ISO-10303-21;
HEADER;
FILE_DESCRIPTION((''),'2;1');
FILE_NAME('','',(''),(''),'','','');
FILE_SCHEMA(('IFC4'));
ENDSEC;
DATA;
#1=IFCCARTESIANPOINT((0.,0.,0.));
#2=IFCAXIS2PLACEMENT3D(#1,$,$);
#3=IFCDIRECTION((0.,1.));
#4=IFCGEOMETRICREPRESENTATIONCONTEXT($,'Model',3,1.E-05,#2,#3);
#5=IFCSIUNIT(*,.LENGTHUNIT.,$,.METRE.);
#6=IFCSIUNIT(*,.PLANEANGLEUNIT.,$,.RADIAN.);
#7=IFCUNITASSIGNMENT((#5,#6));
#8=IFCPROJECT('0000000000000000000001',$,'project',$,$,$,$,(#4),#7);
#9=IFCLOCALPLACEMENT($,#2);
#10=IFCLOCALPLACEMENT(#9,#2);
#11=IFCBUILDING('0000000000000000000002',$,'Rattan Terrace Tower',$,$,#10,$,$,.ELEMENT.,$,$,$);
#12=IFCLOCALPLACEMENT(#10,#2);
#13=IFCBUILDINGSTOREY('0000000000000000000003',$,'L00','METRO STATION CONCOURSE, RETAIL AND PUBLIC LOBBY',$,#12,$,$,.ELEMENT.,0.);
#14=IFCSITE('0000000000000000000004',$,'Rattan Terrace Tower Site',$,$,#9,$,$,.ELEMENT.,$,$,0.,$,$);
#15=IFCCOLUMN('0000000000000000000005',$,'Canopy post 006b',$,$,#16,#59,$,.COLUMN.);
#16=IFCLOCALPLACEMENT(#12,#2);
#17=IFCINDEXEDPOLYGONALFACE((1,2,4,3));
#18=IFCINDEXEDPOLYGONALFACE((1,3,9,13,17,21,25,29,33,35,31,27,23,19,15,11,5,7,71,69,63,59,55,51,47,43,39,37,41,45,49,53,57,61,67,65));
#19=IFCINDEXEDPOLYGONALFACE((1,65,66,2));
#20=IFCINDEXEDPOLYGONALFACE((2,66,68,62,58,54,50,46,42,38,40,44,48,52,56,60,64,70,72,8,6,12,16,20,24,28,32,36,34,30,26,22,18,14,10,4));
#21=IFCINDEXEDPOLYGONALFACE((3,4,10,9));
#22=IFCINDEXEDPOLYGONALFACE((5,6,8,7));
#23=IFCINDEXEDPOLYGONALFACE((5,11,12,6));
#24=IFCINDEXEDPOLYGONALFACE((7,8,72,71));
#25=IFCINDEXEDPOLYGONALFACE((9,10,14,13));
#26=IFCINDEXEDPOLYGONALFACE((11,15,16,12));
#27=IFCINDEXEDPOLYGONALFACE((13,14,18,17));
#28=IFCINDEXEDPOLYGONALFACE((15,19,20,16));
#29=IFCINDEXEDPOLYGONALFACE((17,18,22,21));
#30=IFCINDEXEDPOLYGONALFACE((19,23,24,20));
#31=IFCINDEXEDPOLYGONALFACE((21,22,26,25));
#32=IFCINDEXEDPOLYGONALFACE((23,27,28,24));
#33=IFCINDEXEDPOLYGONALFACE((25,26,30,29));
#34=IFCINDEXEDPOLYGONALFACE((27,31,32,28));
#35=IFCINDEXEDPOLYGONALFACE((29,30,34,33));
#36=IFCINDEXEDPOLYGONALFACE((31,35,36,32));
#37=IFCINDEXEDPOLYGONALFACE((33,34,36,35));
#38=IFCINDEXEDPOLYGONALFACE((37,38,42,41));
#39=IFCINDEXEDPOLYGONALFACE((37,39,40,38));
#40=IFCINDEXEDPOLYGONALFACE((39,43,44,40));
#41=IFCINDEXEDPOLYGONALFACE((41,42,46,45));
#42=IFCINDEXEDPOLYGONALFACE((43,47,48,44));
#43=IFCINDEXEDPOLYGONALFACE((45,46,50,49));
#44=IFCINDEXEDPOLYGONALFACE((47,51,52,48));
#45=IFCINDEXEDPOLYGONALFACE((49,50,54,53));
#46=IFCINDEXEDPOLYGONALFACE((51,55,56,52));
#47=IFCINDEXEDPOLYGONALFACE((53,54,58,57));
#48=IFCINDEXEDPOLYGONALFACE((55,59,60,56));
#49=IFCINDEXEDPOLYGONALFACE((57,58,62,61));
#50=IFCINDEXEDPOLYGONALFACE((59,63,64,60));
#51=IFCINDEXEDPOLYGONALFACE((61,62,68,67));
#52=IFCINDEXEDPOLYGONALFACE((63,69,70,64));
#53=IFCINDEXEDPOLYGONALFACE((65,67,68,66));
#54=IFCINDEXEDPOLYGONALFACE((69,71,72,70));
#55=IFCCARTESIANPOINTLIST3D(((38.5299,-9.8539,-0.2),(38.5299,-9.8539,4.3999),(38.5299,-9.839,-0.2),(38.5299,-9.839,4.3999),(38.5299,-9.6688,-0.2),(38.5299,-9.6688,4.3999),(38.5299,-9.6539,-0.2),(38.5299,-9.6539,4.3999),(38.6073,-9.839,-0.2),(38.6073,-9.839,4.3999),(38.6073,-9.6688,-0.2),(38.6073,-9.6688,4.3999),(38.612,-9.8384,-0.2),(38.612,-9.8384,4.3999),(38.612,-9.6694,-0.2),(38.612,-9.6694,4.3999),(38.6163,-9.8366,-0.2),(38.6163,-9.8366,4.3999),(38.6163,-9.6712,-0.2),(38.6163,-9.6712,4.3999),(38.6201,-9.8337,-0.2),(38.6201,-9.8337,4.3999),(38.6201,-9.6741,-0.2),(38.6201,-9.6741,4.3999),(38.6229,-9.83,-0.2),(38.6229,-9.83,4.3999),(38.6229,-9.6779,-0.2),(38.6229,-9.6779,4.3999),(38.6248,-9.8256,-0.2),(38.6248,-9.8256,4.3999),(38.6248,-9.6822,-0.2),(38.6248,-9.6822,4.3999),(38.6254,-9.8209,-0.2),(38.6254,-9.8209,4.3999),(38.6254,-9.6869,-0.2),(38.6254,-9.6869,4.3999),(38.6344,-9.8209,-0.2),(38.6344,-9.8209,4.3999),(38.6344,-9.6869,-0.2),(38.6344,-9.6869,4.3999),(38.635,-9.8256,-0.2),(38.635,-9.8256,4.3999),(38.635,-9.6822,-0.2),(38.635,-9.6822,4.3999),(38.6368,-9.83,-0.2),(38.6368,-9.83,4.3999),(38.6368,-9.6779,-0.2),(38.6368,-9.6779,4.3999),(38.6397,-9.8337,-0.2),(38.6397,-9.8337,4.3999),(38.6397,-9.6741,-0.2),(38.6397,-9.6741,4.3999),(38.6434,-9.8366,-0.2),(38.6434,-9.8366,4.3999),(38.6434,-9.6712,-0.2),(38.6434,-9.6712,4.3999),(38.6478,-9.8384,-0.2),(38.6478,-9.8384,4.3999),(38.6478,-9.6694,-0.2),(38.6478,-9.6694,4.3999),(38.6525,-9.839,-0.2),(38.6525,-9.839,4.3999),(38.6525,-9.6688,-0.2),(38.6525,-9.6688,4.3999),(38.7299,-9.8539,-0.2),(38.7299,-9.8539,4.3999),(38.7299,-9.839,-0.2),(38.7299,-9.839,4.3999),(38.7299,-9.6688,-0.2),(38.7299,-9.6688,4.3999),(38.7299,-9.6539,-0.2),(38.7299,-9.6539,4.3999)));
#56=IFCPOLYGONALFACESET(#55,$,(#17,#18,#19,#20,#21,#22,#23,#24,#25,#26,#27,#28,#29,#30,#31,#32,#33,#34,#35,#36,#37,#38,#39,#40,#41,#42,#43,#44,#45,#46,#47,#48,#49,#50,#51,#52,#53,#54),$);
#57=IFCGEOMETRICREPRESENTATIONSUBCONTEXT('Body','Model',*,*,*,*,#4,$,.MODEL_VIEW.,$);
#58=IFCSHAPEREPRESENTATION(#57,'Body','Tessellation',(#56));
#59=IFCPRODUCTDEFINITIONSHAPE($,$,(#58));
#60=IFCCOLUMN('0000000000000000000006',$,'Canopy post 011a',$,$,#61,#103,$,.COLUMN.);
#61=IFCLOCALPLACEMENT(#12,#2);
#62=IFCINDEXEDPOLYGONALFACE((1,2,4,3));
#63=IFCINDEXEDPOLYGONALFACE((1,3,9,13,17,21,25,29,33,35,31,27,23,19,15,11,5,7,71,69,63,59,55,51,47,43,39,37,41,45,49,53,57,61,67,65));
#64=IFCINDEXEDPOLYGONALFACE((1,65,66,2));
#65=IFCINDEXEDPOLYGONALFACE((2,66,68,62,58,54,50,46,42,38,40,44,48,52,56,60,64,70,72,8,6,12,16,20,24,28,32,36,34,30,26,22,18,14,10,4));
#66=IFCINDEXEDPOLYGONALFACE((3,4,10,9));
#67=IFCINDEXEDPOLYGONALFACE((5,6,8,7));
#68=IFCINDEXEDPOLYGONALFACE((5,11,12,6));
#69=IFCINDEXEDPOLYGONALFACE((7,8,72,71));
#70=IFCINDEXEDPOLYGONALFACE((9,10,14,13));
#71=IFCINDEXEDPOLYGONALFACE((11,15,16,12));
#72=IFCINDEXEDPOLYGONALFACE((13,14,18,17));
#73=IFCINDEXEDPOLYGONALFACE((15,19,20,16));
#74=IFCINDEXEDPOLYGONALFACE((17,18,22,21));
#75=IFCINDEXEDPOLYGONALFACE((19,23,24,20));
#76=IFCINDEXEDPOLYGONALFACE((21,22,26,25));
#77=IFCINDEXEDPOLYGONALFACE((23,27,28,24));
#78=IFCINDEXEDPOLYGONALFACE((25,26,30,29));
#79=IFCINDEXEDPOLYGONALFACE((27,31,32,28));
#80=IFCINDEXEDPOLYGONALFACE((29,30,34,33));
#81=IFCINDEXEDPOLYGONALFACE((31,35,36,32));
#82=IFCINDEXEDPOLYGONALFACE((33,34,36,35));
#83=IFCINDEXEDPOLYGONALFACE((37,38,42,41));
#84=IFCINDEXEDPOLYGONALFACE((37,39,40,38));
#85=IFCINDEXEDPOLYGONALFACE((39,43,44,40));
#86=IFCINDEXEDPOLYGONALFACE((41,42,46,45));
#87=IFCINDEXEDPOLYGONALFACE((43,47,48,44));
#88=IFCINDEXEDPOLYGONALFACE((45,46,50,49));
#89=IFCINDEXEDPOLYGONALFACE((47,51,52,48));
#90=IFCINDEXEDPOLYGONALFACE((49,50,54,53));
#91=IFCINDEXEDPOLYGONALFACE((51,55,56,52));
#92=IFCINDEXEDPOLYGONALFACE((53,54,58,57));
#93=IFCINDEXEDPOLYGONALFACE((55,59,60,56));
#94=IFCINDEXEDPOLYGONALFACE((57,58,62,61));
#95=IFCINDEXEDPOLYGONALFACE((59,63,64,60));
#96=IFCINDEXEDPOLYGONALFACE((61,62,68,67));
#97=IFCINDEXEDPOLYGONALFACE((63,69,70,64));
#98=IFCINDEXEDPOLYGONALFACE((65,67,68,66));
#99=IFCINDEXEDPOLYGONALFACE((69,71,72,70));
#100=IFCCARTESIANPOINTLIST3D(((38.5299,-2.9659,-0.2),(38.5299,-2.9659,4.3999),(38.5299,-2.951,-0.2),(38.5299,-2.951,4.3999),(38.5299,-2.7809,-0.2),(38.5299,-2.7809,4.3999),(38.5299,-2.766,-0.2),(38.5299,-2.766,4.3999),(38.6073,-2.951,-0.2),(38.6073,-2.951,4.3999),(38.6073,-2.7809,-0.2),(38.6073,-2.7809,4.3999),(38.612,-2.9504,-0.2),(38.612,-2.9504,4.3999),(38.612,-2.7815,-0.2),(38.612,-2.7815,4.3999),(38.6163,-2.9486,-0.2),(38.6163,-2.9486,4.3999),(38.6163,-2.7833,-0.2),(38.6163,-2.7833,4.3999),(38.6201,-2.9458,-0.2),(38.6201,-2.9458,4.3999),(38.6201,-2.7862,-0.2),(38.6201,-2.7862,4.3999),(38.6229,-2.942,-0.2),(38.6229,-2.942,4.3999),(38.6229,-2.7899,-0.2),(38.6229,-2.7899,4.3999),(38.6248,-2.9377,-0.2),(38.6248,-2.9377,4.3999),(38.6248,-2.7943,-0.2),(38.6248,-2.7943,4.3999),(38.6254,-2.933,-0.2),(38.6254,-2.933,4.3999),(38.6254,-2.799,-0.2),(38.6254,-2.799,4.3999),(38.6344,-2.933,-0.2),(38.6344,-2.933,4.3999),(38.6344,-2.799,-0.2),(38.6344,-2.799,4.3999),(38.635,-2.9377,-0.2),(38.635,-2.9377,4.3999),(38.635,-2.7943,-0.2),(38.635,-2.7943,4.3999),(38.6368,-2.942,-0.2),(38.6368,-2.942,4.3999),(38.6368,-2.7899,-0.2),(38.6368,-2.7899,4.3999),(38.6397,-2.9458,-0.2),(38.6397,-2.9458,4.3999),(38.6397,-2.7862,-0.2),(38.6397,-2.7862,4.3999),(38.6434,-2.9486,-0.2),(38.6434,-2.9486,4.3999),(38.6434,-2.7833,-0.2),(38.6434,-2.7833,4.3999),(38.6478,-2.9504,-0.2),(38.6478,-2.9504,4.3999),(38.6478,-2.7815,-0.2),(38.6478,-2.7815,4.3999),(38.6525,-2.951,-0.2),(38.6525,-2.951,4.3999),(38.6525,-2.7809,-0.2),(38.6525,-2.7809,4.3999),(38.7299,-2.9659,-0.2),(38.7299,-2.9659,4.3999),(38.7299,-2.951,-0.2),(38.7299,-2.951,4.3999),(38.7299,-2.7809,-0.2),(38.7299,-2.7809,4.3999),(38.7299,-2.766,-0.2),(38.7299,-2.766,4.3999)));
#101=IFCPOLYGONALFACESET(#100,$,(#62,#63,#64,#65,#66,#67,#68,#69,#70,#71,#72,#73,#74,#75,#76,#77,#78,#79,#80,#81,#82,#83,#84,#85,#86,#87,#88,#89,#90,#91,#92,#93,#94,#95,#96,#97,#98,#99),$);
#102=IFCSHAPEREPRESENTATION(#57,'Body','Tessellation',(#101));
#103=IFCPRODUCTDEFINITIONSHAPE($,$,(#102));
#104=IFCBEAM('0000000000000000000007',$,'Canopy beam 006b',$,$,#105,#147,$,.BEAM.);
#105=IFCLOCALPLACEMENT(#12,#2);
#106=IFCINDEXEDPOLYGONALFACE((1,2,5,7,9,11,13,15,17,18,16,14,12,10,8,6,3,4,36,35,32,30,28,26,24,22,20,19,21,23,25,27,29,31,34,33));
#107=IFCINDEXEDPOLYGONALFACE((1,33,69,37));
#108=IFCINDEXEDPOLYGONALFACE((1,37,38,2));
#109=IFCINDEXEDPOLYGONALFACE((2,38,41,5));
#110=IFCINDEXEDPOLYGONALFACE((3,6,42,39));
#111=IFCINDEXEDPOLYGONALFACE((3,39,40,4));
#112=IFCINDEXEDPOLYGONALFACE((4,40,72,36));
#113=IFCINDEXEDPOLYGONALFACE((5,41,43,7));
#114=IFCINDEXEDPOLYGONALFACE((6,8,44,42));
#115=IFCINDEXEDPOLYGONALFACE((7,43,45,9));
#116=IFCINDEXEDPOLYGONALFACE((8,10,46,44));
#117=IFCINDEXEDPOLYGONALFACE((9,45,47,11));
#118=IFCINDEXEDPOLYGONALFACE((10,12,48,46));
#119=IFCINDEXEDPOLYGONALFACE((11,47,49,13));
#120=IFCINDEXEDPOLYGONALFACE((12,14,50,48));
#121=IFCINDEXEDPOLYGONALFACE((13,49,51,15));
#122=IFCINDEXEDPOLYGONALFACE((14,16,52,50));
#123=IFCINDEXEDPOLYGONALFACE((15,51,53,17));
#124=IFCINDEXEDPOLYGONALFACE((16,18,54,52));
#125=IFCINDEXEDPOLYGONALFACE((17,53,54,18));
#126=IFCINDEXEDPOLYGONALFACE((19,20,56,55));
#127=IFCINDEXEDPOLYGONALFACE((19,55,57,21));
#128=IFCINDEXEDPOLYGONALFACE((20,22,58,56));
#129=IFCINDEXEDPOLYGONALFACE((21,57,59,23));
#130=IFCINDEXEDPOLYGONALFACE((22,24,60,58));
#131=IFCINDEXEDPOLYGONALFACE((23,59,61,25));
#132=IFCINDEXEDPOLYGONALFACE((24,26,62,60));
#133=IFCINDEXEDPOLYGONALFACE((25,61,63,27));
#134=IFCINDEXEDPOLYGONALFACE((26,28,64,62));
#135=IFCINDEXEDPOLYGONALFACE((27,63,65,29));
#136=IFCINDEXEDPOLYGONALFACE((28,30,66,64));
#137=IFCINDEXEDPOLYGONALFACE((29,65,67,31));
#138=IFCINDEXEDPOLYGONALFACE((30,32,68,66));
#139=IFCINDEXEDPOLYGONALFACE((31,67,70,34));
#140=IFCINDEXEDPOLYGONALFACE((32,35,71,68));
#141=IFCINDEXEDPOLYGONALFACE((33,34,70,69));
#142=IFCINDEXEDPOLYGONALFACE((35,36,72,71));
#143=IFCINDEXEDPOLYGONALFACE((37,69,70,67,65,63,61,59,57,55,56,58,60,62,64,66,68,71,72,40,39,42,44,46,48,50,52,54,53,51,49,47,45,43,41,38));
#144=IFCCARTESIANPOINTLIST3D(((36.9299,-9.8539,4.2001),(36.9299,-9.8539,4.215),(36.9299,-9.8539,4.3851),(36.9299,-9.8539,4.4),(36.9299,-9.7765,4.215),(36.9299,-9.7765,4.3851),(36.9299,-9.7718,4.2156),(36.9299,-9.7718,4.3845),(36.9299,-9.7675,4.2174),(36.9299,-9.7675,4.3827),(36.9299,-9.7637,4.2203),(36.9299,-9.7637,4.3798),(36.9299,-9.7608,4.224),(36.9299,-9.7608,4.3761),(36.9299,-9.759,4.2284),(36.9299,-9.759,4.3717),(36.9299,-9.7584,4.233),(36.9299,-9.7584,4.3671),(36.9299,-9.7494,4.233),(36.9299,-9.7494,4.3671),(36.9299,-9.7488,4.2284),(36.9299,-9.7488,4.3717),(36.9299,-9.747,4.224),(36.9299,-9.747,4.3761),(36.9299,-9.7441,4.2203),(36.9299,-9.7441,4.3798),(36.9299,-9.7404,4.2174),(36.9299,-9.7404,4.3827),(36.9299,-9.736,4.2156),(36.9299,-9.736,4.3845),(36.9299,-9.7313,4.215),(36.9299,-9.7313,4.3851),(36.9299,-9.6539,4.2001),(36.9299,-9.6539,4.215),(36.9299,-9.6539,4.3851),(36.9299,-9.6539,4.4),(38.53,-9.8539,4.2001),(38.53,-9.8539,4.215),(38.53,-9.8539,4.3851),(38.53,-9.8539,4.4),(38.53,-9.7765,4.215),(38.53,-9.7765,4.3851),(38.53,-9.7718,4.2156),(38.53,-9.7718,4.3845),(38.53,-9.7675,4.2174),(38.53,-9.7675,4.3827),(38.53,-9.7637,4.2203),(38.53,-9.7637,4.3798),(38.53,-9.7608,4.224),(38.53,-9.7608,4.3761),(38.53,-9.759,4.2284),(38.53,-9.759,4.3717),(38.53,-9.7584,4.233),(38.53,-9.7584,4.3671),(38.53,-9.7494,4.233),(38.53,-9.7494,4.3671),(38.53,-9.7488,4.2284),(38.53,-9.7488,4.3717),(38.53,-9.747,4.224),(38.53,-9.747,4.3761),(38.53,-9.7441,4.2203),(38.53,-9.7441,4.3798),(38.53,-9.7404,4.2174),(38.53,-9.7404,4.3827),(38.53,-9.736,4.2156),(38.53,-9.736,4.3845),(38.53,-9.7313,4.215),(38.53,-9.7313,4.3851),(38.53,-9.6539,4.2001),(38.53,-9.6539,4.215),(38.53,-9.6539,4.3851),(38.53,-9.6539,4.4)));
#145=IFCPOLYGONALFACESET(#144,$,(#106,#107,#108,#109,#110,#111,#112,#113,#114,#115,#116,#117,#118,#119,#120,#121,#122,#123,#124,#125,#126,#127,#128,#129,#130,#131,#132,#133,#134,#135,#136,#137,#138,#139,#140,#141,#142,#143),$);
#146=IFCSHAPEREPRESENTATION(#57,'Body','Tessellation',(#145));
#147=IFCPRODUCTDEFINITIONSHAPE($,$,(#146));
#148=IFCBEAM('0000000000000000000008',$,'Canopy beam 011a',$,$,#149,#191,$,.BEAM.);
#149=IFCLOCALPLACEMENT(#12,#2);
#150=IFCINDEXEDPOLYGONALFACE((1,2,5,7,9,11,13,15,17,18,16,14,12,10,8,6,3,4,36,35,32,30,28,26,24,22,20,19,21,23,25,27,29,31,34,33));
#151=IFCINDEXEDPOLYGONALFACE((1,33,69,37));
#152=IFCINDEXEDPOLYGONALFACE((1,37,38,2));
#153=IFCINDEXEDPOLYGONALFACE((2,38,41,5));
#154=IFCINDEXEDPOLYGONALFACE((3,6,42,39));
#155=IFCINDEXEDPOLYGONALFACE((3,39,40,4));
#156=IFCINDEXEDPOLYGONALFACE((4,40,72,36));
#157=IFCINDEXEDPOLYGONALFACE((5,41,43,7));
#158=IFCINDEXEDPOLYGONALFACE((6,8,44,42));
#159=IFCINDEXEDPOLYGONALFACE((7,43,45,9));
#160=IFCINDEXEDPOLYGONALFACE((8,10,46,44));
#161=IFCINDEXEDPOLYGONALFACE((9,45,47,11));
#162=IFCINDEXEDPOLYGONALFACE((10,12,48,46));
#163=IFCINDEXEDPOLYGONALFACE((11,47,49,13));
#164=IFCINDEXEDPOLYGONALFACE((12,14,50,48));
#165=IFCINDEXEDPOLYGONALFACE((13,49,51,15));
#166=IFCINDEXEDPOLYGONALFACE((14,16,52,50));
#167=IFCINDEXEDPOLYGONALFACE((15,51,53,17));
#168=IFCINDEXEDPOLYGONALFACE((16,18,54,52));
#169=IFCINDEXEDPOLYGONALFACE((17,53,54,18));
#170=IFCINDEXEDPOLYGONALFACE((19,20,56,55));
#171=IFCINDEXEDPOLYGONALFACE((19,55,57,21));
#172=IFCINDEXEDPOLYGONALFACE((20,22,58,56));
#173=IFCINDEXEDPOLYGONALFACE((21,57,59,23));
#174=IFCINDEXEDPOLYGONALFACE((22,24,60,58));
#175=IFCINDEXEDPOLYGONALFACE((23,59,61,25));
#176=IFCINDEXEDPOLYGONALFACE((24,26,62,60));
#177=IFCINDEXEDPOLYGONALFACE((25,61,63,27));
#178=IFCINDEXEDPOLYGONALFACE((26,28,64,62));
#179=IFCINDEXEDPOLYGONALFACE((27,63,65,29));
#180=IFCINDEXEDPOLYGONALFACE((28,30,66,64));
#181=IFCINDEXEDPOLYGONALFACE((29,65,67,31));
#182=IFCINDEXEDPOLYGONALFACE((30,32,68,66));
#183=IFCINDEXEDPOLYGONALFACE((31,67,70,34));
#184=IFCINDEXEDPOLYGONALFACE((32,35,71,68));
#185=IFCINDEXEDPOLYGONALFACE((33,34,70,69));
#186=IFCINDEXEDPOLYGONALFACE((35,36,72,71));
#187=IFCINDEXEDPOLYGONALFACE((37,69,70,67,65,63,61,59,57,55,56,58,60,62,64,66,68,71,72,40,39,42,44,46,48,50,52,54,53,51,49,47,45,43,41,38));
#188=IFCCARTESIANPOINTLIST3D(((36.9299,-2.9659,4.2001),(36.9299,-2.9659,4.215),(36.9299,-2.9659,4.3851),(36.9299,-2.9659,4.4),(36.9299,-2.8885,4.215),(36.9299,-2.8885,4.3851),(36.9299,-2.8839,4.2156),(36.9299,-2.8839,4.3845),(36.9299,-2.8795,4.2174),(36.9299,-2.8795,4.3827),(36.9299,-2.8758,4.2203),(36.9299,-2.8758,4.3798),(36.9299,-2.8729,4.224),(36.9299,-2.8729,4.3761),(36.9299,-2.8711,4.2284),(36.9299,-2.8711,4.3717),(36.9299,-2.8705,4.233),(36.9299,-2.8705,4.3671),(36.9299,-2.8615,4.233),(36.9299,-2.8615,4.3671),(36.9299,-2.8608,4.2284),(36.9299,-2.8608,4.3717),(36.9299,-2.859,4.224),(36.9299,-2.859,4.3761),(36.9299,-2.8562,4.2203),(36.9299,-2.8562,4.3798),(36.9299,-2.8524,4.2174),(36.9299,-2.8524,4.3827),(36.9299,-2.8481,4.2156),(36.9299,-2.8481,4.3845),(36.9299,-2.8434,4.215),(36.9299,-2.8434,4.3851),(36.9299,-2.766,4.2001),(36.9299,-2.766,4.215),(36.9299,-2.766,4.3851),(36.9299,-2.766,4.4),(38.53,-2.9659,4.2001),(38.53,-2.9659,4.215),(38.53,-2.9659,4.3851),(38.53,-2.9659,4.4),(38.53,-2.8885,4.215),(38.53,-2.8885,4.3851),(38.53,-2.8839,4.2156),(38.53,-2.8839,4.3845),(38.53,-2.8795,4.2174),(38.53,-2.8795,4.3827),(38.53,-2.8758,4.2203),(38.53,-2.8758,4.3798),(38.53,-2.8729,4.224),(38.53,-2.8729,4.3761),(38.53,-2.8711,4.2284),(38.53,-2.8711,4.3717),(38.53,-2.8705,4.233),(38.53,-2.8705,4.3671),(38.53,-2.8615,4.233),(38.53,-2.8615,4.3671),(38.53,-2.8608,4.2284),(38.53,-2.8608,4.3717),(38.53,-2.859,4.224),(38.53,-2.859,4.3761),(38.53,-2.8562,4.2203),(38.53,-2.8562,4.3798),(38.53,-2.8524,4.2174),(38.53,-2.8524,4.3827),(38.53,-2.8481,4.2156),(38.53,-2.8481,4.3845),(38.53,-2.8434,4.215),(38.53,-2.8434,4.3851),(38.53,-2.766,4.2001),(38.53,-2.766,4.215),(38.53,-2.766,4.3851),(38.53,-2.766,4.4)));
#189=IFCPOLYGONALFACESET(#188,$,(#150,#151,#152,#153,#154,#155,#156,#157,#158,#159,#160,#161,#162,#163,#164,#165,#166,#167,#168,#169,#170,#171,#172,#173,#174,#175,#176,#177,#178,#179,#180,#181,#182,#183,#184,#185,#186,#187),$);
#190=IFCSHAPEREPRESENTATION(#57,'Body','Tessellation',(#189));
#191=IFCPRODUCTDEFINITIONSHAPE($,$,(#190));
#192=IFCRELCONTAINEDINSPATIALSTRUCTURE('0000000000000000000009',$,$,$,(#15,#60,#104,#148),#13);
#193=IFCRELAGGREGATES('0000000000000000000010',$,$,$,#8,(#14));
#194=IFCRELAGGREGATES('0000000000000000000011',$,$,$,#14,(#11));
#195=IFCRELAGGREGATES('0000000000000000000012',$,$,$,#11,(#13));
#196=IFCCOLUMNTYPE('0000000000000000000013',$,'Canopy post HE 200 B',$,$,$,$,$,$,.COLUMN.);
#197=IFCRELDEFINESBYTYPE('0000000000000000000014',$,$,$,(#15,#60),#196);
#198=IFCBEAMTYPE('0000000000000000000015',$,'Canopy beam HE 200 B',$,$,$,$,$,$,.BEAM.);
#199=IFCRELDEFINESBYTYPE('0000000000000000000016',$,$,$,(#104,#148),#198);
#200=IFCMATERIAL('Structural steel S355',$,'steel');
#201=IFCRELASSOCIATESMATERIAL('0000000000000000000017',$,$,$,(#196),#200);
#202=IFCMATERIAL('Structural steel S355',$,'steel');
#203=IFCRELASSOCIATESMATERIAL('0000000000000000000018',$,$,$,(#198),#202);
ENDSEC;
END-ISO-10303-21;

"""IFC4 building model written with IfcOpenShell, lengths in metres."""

from ifc_helpers import new_model, si_unit, direction, frame, origin, origin_2d, place, context, subcontext, project, spatial, i_section, extrude, material, material_profile, profile_set, type_object, element, save


model = new_model("IFC4")

# Units and contexts
model_context = context("Model", 3, precision=1e-05, world=origin(), true_north=direction((0.0, 1.0)))
body_context = subcontext(model_context, "Body", "Model", "MODEL_VIEW")
ifc_project = project(units=[si_unit("LENGTHUNIT", "METRE"), si_unit("PLANEANGLEUNIT", "RADIAN")], contexts=[model_context])

# Site, building, storey
site_placement = place(None, origin())
site = spatial("IfcSite", under=ifc_project, at=site_placement, Name="Rattan Terrace Tower Site", CompositionType="ELEMENT", RefElevation=0.0)
building_placement = place(site_placement, origin())
building = spatial("IfcBuilding", under=site, at=building_placement, Name="Rattan Terrace Tower", CompositionType="ELEMENT")
storey_placement = place(building_placement, origin())
storey = spatial("IfcBuildingStorey", under=building, at=storey_placement, Name="L00", Description="METRO STATION CONCOURSE, RETAIL AND PUBLIC LOBBY", CompositionType="ELEMENT", Elevation=0.0)

# Columns
ifc_material_1 = material(Name="Structural steel S355", Category="steel")
ifc_material_profile_1 = material_profile(ifc_material_1, i_section(OverallWidth=0.2, OverallDepth=0.2, WebThickness=0.009, FlangeThickness=0.0149, FilletRadius=0.0181, at=origin_2d()), Name="HE 200 B")
ifc_profile_set_1 = profile_set([ifc_material_profile_1], Name="Structural steel S355")
column_type = type_object("IfcColumnType", Name="Canopy post HE 200 B", PredefinedType="COLUMN", material=ifc_profile_set_1)
for number, where, z_axis, x_axis, name in (
    (1, (38.6299, -9.7539, -0.2), (0.0, 0.0, 1.0), (1.0, 0.0, 0.0), "Canopy post 006b"),
    (2, (38.6299, -2.866, -0.2), (0.0, 0.0, 1.0), (1.0, 0.0, 0.0), "Canopy post 011a"),
):
    element("IfcColumn", number, at=place(storey_placement, frame(where, z_axis=z_axis, x_axis=x_axis)), inside=storey, type_object=column_type, Name=name, PredefinedType="COLUMN", context=body_context, shape_type="SweptSolid", body=[
        extrude(i_section(OverallWidth=0.2, OverallDepth=0.2, WebThickness=0.009, FlangeThickness=0.0149, FilletRadius=0.0181, at=origin_2d()), origin(), (0.0, 0.0, 1.0), 4.5999),
    ])

# Beams
ifc_material_2 = material(Name="Structural steel S355", Category="steel")
ifc_material_profile_2 = material_profile(ifc_material_2, i_section(OverallWidth=0.2, OverallDepth=0.2, WebThickness=0.009, FlangeThickness=0.0149, FilletRadius=0.0181, at=origin_2d()), Name="HE 200 B")
ifc_profile_set_2 = profile_set([ifc_material_profile_2], Name="Structural steel S355")
beam_type = type_object("IfcBeamType", Name="Canopy beam HE 200 B", PredefinedType="BEAM", material=ifc_profile_set_2)
for number, where, z_axis, x_axis, name in (
    (3, (36.9299, -9.7539, 4.3), (1.0, 0.0, 0.0), (0.0, 1.0, 0.0), "Canopy beam 006b"),
    (4, (36.9299, -2.866, 4.3), (1.0, 0.0, 0.0), (0.0, 1.0, 0.0), "Canopy beam 011a"),
):
    element("IfcBeam", number, at=place(storey_placement, frame(where, z_axis=z_axis, x_axis=x_axis)), inside=storey, type_object=beam_type, Name=name, PredefinedType="BEAM", context=body_context, shape_type="SweptSolid", body=[
        extrude(i_section(OverallWidth=0.2, OverallDepth=0.2, WebThickness=0.009, FlangeThickness=0.0149, FilletRadius=0.0181, at=origin_2d()), origin(), (0.0, 0.0, 1.0), 1.6001),
    ])

save(model, "model.ifc")
